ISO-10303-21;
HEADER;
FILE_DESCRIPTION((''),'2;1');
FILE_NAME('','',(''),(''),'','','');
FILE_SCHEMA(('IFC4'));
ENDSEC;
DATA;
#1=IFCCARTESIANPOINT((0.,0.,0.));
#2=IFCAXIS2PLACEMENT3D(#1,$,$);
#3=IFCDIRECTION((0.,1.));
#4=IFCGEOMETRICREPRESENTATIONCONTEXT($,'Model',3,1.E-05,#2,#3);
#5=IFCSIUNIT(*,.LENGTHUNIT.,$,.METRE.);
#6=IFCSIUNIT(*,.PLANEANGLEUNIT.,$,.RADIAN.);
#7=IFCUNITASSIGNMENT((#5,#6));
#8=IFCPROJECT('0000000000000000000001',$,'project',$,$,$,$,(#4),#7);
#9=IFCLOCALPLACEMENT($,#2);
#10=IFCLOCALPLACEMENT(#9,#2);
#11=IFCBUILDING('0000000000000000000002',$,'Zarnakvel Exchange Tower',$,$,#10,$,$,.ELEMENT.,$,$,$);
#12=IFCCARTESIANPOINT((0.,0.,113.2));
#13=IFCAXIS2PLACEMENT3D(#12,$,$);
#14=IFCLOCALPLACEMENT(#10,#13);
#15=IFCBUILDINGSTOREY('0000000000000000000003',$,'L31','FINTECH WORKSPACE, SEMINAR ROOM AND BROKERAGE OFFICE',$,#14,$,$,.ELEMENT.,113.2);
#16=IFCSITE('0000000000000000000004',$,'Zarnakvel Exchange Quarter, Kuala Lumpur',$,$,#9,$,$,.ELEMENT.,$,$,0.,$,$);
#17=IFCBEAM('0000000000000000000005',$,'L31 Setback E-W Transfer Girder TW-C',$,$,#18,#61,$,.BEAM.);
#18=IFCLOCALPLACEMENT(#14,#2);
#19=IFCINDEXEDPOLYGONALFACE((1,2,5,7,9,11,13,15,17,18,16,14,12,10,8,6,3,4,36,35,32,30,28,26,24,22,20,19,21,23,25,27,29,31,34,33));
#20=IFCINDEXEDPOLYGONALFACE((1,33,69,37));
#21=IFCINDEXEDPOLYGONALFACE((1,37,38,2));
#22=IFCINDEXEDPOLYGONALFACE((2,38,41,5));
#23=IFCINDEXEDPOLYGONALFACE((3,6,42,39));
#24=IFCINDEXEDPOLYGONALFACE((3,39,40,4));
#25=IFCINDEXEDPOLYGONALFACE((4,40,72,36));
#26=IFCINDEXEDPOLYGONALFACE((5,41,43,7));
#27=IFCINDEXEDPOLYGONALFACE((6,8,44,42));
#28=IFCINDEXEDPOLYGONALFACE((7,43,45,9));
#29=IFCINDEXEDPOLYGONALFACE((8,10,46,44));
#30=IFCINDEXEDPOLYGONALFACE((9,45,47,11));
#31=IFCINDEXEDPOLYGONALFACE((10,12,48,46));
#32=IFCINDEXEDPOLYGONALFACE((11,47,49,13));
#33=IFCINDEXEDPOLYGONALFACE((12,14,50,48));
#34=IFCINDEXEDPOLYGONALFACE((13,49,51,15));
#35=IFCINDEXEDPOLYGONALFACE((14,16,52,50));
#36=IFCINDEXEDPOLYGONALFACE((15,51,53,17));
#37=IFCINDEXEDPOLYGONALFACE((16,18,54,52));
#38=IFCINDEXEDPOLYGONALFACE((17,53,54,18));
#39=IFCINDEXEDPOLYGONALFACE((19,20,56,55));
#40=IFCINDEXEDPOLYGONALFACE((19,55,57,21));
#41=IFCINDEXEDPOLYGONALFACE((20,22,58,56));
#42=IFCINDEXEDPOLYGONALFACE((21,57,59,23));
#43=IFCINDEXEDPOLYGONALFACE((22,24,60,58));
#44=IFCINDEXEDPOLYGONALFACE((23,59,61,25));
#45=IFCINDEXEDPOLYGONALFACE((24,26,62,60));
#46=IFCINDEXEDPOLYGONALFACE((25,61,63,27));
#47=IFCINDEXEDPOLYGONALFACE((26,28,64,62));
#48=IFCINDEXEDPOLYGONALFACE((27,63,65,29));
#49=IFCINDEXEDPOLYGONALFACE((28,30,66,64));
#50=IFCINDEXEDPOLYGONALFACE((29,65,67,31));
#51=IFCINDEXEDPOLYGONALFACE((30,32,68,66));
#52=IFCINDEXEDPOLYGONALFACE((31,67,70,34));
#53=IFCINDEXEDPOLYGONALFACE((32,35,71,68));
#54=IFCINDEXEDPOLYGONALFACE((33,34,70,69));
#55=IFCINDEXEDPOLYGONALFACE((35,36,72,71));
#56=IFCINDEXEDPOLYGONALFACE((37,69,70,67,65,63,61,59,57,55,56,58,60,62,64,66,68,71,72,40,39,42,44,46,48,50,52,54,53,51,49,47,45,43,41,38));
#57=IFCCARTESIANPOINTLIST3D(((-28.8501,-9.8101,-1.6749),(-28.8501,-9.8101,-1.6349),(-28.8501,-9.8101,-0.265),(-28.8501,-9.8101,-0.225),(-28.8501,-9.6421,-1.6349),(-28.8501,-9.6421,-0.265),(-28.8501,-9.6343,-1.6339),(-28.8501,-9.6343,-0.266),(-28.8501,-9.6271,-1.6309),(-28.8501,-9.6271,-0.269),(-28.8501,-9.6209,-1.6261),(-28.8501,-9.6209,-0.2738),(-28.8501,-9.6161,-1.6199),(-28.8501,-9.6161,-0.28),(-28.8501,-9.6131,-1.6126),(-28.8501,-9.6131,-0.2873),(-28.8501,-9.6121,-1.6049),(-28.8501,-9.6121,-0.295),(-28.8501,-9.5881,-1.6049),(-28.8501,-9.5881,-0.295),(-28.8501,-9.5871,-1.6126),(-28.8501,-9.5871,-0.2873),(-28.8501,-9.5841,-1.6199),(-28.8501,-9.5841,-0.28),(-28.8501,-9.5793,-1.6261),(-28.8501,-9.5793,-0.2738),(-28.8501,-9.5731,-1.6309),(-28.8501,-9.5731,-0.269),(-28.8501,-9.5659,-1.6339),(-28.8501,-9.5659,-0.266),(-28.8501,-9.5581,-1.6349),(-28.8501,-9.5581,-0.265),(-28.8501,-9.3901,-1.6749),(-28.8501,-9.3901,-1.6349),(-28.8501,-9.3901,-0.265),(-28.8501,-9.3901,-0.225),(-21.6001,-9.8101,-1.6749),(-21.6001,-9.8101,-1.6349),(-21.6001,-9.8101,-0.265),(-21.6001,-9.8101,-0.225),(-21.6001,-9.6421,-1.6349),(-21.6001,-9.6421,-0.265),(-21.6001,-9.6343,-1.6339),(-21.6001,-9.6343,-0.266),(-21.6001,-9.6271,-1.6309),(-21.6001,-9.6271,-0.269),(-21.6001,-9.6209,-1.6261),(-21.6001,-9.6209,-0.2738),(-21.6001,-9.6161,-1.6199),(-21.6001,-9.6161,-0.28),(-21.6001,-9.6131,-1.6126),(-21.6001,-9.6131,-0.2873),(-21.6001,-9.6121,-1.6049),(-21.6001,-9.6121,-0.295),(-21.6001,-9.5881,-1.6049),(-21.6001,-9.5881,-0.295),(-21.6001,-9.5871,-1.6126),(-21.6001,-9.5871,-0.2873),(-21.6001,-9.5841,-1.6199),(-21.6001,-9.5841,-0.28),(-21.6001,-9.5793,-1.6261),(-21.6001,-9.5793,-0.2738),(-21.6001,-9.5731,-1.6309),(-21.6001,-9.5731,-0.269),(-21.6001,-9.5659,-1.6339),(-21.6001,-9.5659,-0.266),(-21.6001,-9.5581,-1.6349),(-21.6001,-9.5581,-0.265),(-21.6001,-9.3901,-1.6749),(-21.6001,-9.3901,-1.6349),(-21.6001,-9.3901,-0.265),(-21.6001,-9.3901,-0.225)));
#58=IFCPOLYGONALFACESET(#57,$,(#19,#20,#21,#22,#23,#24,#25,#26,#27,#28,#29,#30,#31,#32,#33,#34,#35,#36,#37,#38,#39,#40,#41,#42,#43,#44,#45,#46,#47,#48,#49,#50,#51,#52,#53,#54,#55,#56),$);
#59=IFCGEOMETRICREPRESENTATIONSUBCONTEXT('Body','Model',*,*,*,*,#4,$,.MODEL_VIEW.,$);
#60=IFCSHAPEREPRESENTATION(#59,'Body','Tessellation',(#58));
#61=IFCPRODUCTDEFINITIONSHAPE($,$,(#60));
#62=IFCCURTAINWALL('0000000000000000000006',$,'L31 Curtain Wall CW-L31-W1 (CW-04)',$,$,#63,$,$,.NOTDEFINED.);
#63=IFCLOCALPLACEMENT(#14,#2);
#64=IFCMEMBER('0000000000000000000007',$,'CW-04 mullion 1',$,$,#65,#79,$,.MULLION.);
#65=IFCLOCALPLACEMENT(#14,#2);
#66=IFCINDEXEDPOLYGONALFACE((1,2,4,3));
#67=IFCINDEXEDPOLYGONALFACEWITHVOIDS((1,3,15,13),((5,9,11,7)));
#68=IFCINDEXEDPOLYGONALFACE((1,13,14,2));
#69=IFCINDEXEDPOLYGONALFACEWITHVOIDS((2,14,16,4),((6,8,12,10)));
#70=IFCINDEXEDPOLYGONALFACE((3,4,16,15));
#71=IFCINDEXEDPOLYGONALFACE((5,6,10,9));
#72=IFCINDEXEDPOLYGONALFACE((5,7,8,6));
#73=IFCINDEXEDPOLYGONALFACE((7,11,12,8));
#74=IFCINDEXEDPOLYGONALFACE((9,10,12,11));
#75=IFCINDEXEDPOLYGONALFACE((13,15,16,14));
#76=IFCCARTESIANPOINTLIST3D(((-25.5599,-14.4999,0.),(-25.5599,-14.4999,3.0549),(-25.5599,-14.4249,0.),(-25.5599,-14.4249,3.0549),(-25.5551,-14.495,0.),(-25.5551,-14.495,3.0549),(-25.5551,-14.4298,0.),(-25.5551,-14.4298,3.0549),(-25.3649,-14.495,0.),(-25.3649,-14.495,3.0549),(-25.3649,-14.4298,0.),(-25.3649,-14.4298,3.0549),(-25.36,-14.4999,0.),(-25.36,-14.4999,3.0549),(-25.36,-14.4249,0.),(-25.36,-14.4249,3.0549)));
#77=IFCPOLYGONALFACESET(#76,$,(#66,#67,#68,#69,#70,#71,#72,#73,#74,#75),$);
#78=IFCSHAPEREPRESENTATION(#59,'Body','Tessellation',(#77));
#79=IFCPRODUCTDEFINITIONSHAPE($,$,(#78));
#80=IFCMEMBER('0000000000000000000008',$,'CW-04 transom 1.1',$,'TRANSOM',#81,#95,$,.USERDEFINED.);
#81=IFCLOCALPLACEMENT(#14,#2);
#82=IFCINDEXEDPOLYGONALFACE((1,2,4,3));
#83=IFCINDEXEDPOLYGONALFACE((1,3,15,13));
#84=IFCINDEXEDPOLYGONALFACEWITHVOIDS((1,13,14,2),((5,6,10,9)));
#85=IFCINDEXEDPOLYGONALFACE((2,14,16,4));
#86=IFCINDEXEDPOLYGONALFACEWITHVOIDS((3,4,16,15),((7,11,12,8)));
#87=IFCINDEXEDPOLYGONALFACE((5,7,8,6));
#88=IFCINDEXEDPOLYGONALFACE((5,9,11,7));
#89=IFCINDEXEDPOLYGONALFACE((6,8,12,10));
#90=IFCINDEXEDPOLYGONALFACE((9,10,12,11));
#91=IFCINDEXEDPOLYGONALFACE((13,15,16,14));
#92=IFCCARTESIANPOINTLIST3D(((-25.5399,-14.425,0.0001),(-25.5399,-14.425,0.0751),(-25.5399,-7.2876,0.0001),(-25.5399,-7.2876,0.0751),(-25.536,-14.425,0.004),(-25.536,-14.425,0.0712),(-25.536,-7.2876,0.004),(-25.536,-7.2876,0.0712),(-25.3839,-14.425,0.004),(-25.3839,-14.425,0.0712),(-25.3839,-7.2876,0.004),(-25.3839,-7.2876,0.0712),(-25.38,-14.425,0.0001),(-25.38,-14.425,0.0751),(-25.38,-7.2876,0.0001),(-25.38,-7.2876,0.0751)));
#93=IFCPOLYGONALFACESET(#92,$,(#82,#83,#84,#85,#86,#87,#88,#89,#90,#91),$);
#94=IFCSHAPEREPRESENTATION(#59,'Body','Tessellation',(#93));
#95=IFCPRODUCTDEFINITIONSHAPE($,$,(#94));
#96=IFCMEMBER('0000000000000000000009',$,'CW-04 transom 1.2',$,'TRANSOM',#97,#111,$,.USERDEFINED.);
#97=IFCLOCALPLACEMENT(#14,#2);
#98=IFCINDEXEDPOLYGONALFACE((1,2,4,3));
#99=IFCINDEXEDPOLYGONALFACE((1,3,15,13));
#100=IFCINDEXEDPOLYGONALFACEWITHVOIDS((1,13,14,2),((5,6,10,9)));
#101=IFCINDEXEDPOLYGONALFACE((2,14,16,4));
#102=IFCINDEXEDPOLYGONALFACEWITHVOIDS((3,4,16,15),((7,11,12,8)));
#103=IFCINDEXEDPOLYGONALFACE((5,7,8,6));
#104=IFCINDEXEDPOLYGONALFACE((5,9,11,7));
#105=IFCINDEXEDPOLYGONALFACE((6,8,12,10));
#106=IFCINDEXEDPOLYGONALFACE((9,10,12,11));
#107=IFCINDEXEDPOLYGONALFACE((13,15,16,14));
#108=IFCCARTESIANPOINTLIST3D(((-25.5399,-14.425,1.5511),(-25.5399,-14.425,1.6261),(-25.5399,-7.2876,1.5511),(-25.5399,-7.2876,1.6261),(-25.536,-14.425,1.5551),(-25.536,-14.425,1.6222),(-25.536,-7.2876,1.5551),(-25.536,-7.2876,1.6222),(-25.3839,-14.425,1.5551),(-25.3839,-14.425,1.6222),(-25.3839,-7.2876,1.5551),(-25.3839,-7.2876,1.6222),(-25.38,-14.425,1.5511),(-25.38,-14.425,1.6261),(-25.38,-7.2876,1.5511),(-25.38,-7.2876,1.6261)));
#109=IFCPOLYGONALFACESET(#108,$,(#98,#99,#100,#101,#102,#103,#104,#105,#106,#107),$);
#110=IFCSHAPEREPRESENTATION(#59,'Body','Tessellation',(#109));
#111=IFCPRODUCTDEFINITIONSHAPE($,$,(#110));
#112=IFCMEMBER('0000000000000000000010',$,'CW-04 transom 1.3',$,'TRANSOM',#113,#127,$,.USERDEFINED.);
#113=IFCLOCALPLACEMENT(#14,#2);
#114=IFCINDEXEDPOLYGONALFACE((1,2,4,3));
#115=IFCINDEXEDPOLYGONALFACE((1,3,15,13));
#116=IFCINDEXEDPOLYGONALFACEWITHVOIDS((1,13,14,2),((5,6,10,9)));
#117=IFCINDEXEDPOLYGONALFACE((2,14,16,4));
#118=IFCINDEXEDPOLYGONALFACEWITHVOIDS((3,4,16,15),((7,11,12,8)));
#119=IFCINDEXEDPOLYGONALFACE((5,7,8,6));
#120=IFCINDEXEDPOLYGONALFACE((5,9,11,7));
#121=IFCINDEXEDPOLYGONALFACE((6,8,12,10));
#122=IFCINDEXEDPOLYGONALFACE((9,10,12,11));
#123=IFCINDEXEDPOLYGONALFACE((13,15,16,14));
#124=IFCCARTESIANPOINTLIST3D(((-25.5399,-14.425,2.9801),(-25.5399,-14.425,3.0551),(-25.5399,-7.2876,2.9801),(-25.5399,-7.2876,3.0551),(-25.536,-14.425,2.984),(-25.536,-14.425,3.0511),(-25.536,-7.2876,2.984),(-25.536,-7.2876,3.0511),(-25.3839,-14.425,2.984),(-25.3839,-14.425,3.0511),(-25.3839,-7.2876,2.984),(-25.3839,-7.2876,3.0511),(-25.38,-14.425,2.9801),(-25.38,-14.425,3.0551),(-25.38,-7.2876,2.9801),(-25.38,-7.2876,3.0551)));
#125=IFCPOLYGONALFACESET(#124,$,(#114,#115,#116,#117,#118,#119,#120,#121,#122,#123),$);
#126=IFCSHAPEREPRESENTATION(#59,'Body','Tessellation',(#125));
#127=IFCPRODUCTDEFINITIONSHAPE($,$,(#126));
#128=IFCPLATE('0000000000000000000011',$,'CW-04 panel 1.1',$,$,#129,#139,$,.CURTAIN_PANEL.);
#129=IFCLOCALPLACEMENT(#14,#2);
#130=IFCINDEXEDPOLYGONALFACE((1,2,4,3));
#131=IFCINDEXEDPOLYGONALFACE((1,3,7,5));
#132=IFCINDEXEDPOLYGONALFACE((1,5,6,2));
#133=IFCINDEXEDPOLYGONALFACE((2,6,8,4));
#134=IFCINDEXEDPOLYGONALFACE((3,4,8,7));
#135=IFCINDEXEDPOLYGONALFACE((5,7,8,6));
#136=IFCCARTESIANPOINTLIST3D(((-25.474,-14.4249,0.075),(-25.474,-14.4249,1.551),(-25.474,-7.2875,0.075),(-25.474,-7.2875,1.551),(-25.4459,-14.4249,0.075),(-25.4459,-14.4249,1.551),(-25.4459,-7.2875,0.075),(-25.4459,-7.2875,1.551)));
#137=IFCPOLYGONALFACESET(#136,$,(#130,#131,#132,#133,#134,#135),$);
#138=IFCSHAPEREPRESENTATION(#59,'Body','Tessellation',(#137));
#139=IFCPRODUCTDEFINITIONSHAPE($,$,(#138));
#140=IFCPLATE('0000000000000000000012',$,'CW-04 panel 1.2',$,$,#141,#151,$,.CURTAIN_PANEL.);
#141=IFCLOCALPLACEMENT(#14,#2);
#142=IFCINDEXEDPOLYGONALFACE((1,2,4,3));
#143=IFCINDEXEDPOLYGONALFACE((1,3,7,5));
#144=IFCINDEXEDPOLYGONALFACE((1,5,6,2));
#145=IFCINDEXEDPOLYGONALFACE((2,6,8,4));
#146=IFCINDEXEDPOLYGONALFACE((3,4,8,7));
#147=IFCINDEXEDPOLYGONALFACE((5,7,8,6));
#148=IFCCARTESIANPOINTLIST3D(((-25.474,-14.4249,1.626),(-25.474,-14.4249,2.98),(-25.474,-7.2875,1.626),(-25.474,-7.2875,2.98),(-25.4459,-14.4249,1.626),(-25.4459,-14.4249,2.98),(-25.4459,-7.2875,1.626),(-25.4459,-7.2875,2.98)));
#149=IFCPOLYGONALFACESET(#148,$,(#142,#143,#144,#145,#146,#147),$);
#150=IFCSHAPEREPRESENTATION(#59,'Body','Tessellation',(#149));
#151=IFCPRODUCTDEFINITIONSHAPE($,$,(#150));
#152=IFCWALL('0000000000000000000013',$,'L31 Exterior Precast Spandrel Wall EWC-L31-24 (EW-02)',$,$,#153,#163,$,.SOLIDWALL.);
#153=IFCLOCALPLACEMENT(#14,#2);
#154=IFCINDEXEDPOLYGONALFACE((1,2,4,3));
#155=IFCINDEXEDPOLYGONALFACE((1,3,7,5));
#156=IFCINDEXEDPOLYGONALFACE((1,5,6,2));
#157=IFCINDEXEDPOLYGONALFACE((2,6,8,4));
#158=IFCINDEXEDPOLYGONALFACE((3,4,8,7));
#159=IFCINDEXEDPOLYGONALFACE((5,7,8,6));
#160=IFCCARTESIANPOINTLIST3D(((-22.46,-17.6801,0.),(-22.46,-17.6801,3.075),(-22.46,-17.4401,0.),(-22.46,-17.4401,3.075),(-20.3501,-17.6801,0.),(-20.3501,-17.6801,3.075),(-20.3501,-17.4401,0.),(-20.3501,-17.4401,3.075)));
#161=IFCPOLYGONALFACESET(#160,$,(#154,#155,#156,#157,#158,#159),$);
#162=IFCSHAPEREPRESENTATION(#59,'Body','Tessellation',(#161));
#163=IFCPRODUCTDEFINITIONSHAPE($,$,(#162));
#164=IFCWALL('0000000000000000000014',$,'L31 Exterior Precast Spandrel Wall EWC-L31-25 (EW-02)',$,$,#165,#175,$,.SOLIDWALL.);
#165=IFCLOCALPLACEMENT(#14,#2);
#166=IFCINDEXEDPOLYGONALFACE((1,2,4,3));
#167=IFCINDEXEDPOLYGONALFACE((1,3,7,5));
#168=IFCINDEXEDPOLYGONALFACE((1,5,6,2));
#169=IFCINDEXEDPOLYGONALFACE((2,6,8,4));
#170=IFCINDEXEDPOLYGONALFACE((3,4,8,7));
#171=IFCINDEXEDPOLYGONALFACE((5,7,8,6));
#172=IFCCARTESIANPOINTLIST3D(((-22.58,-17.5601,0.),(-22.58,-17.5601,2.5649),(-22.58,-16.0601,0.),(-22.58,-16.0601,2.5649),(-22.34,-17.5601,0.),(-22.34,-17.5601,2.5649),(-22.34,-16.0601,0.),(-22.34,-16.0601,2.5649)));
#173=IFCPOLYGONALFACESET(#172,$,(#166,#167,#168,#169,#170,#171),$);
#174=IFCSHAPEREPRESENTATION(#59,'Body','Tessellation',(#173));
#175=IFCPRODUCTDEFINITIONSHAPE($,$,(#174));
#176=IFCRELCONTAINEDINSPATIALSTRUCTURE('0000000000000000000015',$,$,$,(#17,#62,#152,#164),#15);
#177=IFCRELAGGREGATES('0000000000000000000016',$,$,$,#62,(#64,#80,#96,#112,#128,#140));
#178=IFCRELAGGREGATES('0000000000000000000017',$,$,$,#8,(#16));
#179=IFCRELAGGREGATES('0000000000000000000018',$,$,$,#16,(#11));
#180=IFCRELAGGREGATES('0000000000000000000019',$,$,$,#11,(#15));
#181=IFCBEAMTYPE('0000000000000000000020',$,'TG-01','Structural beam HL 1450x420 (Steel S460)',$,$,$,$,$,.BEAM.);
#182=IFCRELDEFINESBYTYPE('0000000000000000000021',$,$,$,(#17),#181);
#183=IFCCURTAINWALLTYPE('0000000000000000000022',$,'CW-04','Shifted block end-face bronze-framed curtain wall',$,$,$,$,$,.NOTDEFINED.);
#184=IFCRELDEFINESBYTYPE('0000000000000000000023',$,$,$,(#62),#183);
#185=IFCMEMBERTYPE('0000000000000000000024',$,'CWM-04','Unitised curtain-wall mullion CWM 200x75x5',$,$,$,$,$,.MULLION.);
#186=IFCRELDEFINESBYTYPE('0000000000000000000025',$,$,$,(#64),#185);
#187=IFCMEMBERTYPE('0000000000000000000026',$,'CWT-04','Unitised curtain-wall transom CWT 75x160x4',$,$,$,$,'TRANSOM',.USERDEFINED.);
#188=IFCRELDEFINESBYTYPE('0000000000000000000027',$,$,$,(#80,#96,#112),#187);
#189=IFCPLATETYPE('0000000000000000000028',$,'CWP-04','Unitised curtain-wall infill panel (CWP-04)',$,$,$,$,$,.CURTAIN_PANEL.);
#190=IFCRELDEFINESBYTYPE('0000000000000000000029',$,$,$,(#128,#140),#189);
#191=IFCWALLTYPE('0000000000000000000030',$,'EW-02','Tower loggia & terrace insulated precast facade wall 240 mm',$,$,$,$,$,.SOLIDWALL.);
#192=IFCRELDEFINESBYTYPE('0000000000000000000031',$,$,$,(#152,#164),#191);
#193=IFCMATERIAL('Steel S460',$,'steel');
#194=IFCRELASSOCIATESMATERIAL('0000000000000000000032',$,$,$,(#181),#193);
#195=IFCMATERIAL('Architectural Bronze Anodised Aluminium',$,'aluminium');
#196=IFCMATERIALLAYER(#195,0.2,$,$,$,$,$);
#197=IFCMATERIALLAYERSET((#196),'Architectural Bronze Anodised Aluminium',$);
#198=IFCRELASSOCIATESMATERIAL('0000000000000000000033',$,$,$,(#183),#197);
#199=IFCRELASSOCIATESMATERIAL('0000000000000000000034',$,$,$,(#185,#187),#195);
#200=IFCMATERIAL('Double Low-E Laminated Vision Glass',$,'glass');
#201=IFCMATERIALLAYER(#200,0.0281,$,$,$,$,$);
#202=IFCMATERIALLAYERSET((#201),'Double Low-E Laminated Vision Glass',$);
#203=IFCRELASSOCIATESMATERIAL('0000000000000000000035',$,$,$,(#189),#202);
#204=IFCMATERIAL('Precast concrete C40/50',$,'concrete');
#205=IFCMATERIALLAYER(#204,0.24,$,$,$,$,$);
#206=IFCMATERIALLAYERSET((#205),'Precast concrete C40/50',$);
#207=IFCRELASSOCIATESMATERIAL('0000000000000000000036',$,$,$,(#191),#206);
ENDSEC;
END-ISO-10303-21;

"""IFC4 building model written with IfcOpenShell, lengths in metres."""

from ifc_helpers import new_model, si_unit, direction, frame, frame_2d, origin, origin_2d, place, context, subcontext, project, spatial, rectangle, hollow_rectangle, i_section, extrude, source, transform, mapped, material, layer, layer_set, material_profile, profile_set, type_object, element, aggregate, save


model = new_model("IFC4")

# Units and contexts
model_context = context("Model", 3, precision=1e-05, world=origin(), true_north=direction((0.0, 1.0)))
body_context = subcontext(model_context, "Body", "Model", "MODEL_VIEW")
ifc_project = project(units=[si_unit("LENGTHUNIT", "METRE"), si_unit("PLANEANGLEUNIT", "RADIAN")], contexts=[model_context])

# Site, building, storey
site_placement = place(None, origin())
site = spatial("IfcSite", under=ifc_project, at=site_placement, Name="Zarnakvel Exchange Quarter, Kuala Lumpur", CompositionType="ELEMENT", RefElevation=0.0)
building_placement = place(site_placement, origin())
building = spatial("IfcBuilding", under=site, at=building_placement, Name="Zarnakvel Exchange Tower", CompositionType="ELEMENT")
storey_placement = place(building_placement, frame((0.0, 0.0, 113.2)))
storey = spatial("IfcBuildingStorey", under=building, at=storey_placement, Name="L31", Description="FINTECH WORKSPACE, SEMINAR ROOM AND BROKERAGE OFFICE", CompositionType="ELEMENT", Elevation=113.2)

# Beam
ifc_material_1 = material(Name="Steel S460", Category="steel")
ifc_material_profile_1 = material_profile(ifc_material_1, i_section(OverallWidth=0.4199, OverallDepth=1.45, WebThickness=0.0239, FlangeThickness=0.04, FilletRadius=0.03, at=origin_2d()))
ifc_profile_set_1 = profile_set([ifc_material_profile_1], Name="Steel S460")
beam_type_1 = type_object("IfcBeamType", Name="TG-01", Description="Structural beam HL 1450x420 (Steel S460)", PredefinedType="BEAM", material=ifc_profile_set_1)
beam_1_placement = place(storey_placement, frame((-28.8501, -9.6001, -0.95), z_axis=(1.0, 0.0, 0.0), x_axis=(0.0, 1.0, 0.0)))
element("IfcBeam", 1, at=beam_1_placement, inside=storey, type_object=beam_type_1, Name="L31 Setback E-W Transfer Girder TW-C", PredefinedType="BEAM", context=body_context, shape_type="SweptSolid", body=[
    extrude(i_section(OverallWidth=0.4199, OverallDepth=1.45, WebThickness=0.0239, FlangeThickness=0.04, FilletRadius=0.03, at=origin_2d()), origin(), (0.0, 0.0, 1.0), 7.25),
])

# Curtain wall, members, plates
ifc_material_2 = material(Name="Architectural Bronze Anodised Aluminium", Category="aluminium")
ifc_layer_1 = layer(ifc_material_2, 0.2)
ifc_layer_set_1 = layer_set([ifc_layer_1], Name="Architectural Bronze Anodised Aluminium")
curtain_wall_type = type_object("IfcCurtainWallType", Name="CW-04", Description="Shifted block end-face bronze-framed curtain wall", PredefinedType="NOTDEFINED", material=ifc_layer_set_1)
curtain_wall_placement = place(storey_placement, origin())
curtain_wall = element("IfcCurtainWall", 2, at=curtain_wall_placement, inside=storey, type_object=curtain_wall_type, Name="L31 Curtain Wall CW-L31-W1 (CW-04)", PredefinedType="NOTDEFINED")
ifc_material_profile_2 = material_profile(ifc_material_2, hollow_rectangle(XDim=0.2, YDim=0.075, WallThickness=0.0049, at=origin_2d()))
ifc_profile_set_2 = profile_set([ifc_material_profile_2], Name="Architectural Bronze Anodised Aluminium")
member_type_1 = type_object("IfcMemberType", Name="CWM-04", Description="Unitised curtain-wall mullion CWM 200x75x5", PredefinedType="MULLION", material=ifc_profile_set_2)
shared_shape_1 = source(origin(), body_context, "Body", "SweptSolid", [
    extrude(hollow_rectangle(XDim=0.2, YDim=0.075, WallThickness=0.0049, at=origin_2d()), origin(), (0.0, 0.0, 1.0), 3.0549),
])
member_1_placement = place(storey_placement, frame((-25.46, -14.4624, 0.0), z_axis=(0.0, 0.0, 1.0), x_axis=(-1.0, 0.0, 0.0)))
member_1 = element("IfcMember", 3, at=member_1_placement, type_object=member_type_1, Name="CW-04 mullion 1", PredefinedType="MULLION", context=body_context, shape_type="MappedRepresentation", body=[
    mapped(shared_shape_1, transform((0.0, 0.0, 0.0), x_axis=(1.0, 0.0, 0.0), y_axis=(0.0, 1.0, 0.0), z_axis=(0.0, 0.0, 1.0), scale=1.0)),
])
ifc_material_profile_3 = material_profile(ifc_material_2, hollow_rectangle(XDim=0.1599, YDim=0.075, WallThickness=0.0039, at=origin_2d()))
ifc_profile_set_3 = profile_set([ifc_material_profile_3], Name="Architectural Bronze Anodised Aluminium")
member_type_2 = type_object("IfcMemberType", Name="CWT-04", Description="Unitised curtain-wall transom CWT 75x160x4", ElementType="TRANSOM", PredefinedType="USERDEFINED", material=ifc_profile_set_3)
shared_shape_2 = source(origin(), body_context, "Body", "SweptSolid", [
    extrude(hollow_rectangle(XDim=0.1599, YDim=0.075, WallThickness=0.0039, at=origin_2d()), origin(), (0.0, 0.0, 1.0), 7.1375),
])
member_2_placement = place(storey_placement, frame((-25.46, -14.425, 0.0376), z_axis=(0.0, 1.0, 0.0), x_axis=(-1.0, 0.0, 0.0)))
member_2 = element("IfcMember", 4, at=member_2_placement, type_object=member_type_2, Name="CW-04 transom 1.1", ObjectType="TRANSOM", PredefinedType="USERDEFINED", context=body_context, shape_type="MappedRepresentation", body=[
    mapped(shared_shape_2, transform((0.0, 0.0, 0.0), x_axis=(1.0, 0.0, 0.0), y_axis=(0.0, 1.0, 0.0), z_axis=(0.0, 0.0, 1.0), scale=1.0)),
])
member_3_placement = place(storey_placement, frame((-25.46, -14.425, 1.5886), z_axis=(0.0, 1.0, 0.0), x_axis=(-1.0, 0.0, 0.0)))
member_3 = element("IfcMember", 5, at=member_3_placement, type_object=member_type_2, Name="CW-04 transom 1.2", ObjectType="TRANSOM", PredefinedType="USERDEFINED", context=body_context, shape_type="MappedRepresentation", body=[
    mapped(shared_shape_2, transform((0.0, 0.0, 0.0), x_axis=(1.0, 0.0, 0.0), y_axis=(0.0, 1.0, 0.0), z_axis=(0.0, 0.0, 1.0), scale=1.0)),
])
member_4_placement = place(storey_placement, frame((-25.46, -14.425, 3.0176), z_axis=(0.0, 1.0, 0.0), x_axis=(-1.0, 0.0, 0.0)))
member_4 = element("IfcMember", 6, at=member_4_placement, type_object=member_type_2, Name="CW-04 transom 1.3", ObjectType="TRANSOM", PredefinedType="USERDEFINED", context=body_context, shape_type="MappedRepresentation", body=[
    mapped(shared_shape_2, transform((0.0, 0.0, 0.0), x_axis=(1.0, 0.0, 0.0), y_axis=(0.0, 1.0, 0.0), z_axis=(0.0, 0.0, 1.0), scale=1.0)),
])
ifc_material_3 = material(Name="Double Low-E Laminated Vision Glass", Category="glass")
ifc_layer_2 = layer(ifc_material_3, 0.0281)
ifc_layer_set_2 = layer_set([ifc_layer_2], Name="Double Low-E Laminated Vision Glass")
plate_type = type_object("IfcPlateType", Name="CWP-04", Description="Unitised curtain-wall infill panel (CWP-04)", PredefinedType="CURTAIN_PANEL", material=ifc_layer_set_2)
shared_shape_3 = source(origin(), body_context, "Body", "SweptSolid", [
    extrude(rectangle(XDim=7.1375, YDim=0.0281, at=origin_2d()), origin(), (0.0, 0.0, 1.0), 1.4761),
])
plate_1_placement = place(storey_placement, frame((-25.46, -10.8562, 0.075), z_axis=(0.0, 0.0, 1.0), x_axis=(0.0, 1.0, 0.0)))
plate_1 = element("IfcPlate", 7, at=plate_1_placement, type_object=plate_type, Name="CW-04 panel 1.1", PredefinedType="CURTAIN_PANEL", context=body_context, shape_type="MappedRepresentation", body=[
    mapped(shared_shape_3, transform((0.0, 0.0, 0.0), x_axis=(1.0, 0.0, 0.0), y_axis=(0.0, 1.0, 0.0), z_axis=(0.0, 0.0, 1.0), scale=1.0)),
])
shared_shape_4 = source(origin(), body_context, "Body", "SweptSolid", [
    extrude(rectangle(XDim=7.1375, YDim=0.0281, at=origin_2d()), origin(), (0.0, 0.0, 1.0), 1.354),
])
plate_2_placement = place(storey_placement, frame((-25.46, -10.8562, 1.626), z_axis=(0.0, 0.0, 1.0), x_axis=(0.0, 1.0, 0.0)))
plate_2 = element("IfcPlate", 8, at=plate_2_placement, type_object=plate_type, Name="CW-04 panel 1.2", PredefinedType="CURTAIN_PANEL", context=body_context, shape_type="MappedRepresentation", body=[
    mapped(shared_shape_4, transform((0.0, 0.0, 0.0), x_axis=(1.0, 0.0, 0.0), y_axis=(0.0, 1.0, 0.0), z_axis=(0.0, 0.0, 1.0), scale=1.0)),
])
aggregate(curtain_wall, [member_1, member_2, member_3, member_4, plate_1, plate_2])

# Walls
ifc_material_4 = material(Name="Precast concrete C40/50", Category="concrete")
ifc_layer_3 = layer(ifc_material_4, 0.24)
ifc_layer_set_3 = layer_set([ifc_layer_3], Name="Precast concrete C40/50")
wall_type_1 = type_object("IfcWallType", Name="EW-02", Description="Tower loggia & terrace insulated precast facade wall 240 mm", PredefinedType="SOLIDWALL", material=ifc_layer_set_3)
wall_1_placement = place(storey_placement, frame((-22.46, -17.5601, 0.0), z_axis=(0.0, 0.0, 1.0), x_axis=(1.0, 0.0, 0.0)))
element("IfcWall", 9, at=wall_1_placement, inside=storey, type_object=wall_type_1, Name="L31 Exterior Precast Spandrel Wall EWC-L31-24 (EW-02)", PredefinedType="SOLIDWALL", context=body_context, shape_type="SweptSolid", body=[
    extrude(rectangle(XDim=2.1099, YDim=0.24, at=frame_2d((1.0549, 0.0))), origin(), (0.0, 0.0, 1.0), 3.075),
])
wall_2_placement = place(storey_placement, frame((-22.46, -16.0601, 0.0), z_axis=(0.0, 0.0, 1.0), x_axis=(0.0, -1.0, 0.0)))
element("IfcWall", 10, at=wall_2_placement, inside=storey, type_object=wall_type_1, Name="L31 Exterior Precast Spandrel Wall EWC-L31-25 (EW-02)", PredefinedType="SOLIDWALL", context=body_context, shape_type="SweptSolid", body=[
    extrude(rectangle(XDim=1.5, YDim=0.24, at=frame_2d((0.75, 0.0))), origin(), (0.0, 0.0, 1.0), 2.5649),
])

save(model, "model.ifc")
